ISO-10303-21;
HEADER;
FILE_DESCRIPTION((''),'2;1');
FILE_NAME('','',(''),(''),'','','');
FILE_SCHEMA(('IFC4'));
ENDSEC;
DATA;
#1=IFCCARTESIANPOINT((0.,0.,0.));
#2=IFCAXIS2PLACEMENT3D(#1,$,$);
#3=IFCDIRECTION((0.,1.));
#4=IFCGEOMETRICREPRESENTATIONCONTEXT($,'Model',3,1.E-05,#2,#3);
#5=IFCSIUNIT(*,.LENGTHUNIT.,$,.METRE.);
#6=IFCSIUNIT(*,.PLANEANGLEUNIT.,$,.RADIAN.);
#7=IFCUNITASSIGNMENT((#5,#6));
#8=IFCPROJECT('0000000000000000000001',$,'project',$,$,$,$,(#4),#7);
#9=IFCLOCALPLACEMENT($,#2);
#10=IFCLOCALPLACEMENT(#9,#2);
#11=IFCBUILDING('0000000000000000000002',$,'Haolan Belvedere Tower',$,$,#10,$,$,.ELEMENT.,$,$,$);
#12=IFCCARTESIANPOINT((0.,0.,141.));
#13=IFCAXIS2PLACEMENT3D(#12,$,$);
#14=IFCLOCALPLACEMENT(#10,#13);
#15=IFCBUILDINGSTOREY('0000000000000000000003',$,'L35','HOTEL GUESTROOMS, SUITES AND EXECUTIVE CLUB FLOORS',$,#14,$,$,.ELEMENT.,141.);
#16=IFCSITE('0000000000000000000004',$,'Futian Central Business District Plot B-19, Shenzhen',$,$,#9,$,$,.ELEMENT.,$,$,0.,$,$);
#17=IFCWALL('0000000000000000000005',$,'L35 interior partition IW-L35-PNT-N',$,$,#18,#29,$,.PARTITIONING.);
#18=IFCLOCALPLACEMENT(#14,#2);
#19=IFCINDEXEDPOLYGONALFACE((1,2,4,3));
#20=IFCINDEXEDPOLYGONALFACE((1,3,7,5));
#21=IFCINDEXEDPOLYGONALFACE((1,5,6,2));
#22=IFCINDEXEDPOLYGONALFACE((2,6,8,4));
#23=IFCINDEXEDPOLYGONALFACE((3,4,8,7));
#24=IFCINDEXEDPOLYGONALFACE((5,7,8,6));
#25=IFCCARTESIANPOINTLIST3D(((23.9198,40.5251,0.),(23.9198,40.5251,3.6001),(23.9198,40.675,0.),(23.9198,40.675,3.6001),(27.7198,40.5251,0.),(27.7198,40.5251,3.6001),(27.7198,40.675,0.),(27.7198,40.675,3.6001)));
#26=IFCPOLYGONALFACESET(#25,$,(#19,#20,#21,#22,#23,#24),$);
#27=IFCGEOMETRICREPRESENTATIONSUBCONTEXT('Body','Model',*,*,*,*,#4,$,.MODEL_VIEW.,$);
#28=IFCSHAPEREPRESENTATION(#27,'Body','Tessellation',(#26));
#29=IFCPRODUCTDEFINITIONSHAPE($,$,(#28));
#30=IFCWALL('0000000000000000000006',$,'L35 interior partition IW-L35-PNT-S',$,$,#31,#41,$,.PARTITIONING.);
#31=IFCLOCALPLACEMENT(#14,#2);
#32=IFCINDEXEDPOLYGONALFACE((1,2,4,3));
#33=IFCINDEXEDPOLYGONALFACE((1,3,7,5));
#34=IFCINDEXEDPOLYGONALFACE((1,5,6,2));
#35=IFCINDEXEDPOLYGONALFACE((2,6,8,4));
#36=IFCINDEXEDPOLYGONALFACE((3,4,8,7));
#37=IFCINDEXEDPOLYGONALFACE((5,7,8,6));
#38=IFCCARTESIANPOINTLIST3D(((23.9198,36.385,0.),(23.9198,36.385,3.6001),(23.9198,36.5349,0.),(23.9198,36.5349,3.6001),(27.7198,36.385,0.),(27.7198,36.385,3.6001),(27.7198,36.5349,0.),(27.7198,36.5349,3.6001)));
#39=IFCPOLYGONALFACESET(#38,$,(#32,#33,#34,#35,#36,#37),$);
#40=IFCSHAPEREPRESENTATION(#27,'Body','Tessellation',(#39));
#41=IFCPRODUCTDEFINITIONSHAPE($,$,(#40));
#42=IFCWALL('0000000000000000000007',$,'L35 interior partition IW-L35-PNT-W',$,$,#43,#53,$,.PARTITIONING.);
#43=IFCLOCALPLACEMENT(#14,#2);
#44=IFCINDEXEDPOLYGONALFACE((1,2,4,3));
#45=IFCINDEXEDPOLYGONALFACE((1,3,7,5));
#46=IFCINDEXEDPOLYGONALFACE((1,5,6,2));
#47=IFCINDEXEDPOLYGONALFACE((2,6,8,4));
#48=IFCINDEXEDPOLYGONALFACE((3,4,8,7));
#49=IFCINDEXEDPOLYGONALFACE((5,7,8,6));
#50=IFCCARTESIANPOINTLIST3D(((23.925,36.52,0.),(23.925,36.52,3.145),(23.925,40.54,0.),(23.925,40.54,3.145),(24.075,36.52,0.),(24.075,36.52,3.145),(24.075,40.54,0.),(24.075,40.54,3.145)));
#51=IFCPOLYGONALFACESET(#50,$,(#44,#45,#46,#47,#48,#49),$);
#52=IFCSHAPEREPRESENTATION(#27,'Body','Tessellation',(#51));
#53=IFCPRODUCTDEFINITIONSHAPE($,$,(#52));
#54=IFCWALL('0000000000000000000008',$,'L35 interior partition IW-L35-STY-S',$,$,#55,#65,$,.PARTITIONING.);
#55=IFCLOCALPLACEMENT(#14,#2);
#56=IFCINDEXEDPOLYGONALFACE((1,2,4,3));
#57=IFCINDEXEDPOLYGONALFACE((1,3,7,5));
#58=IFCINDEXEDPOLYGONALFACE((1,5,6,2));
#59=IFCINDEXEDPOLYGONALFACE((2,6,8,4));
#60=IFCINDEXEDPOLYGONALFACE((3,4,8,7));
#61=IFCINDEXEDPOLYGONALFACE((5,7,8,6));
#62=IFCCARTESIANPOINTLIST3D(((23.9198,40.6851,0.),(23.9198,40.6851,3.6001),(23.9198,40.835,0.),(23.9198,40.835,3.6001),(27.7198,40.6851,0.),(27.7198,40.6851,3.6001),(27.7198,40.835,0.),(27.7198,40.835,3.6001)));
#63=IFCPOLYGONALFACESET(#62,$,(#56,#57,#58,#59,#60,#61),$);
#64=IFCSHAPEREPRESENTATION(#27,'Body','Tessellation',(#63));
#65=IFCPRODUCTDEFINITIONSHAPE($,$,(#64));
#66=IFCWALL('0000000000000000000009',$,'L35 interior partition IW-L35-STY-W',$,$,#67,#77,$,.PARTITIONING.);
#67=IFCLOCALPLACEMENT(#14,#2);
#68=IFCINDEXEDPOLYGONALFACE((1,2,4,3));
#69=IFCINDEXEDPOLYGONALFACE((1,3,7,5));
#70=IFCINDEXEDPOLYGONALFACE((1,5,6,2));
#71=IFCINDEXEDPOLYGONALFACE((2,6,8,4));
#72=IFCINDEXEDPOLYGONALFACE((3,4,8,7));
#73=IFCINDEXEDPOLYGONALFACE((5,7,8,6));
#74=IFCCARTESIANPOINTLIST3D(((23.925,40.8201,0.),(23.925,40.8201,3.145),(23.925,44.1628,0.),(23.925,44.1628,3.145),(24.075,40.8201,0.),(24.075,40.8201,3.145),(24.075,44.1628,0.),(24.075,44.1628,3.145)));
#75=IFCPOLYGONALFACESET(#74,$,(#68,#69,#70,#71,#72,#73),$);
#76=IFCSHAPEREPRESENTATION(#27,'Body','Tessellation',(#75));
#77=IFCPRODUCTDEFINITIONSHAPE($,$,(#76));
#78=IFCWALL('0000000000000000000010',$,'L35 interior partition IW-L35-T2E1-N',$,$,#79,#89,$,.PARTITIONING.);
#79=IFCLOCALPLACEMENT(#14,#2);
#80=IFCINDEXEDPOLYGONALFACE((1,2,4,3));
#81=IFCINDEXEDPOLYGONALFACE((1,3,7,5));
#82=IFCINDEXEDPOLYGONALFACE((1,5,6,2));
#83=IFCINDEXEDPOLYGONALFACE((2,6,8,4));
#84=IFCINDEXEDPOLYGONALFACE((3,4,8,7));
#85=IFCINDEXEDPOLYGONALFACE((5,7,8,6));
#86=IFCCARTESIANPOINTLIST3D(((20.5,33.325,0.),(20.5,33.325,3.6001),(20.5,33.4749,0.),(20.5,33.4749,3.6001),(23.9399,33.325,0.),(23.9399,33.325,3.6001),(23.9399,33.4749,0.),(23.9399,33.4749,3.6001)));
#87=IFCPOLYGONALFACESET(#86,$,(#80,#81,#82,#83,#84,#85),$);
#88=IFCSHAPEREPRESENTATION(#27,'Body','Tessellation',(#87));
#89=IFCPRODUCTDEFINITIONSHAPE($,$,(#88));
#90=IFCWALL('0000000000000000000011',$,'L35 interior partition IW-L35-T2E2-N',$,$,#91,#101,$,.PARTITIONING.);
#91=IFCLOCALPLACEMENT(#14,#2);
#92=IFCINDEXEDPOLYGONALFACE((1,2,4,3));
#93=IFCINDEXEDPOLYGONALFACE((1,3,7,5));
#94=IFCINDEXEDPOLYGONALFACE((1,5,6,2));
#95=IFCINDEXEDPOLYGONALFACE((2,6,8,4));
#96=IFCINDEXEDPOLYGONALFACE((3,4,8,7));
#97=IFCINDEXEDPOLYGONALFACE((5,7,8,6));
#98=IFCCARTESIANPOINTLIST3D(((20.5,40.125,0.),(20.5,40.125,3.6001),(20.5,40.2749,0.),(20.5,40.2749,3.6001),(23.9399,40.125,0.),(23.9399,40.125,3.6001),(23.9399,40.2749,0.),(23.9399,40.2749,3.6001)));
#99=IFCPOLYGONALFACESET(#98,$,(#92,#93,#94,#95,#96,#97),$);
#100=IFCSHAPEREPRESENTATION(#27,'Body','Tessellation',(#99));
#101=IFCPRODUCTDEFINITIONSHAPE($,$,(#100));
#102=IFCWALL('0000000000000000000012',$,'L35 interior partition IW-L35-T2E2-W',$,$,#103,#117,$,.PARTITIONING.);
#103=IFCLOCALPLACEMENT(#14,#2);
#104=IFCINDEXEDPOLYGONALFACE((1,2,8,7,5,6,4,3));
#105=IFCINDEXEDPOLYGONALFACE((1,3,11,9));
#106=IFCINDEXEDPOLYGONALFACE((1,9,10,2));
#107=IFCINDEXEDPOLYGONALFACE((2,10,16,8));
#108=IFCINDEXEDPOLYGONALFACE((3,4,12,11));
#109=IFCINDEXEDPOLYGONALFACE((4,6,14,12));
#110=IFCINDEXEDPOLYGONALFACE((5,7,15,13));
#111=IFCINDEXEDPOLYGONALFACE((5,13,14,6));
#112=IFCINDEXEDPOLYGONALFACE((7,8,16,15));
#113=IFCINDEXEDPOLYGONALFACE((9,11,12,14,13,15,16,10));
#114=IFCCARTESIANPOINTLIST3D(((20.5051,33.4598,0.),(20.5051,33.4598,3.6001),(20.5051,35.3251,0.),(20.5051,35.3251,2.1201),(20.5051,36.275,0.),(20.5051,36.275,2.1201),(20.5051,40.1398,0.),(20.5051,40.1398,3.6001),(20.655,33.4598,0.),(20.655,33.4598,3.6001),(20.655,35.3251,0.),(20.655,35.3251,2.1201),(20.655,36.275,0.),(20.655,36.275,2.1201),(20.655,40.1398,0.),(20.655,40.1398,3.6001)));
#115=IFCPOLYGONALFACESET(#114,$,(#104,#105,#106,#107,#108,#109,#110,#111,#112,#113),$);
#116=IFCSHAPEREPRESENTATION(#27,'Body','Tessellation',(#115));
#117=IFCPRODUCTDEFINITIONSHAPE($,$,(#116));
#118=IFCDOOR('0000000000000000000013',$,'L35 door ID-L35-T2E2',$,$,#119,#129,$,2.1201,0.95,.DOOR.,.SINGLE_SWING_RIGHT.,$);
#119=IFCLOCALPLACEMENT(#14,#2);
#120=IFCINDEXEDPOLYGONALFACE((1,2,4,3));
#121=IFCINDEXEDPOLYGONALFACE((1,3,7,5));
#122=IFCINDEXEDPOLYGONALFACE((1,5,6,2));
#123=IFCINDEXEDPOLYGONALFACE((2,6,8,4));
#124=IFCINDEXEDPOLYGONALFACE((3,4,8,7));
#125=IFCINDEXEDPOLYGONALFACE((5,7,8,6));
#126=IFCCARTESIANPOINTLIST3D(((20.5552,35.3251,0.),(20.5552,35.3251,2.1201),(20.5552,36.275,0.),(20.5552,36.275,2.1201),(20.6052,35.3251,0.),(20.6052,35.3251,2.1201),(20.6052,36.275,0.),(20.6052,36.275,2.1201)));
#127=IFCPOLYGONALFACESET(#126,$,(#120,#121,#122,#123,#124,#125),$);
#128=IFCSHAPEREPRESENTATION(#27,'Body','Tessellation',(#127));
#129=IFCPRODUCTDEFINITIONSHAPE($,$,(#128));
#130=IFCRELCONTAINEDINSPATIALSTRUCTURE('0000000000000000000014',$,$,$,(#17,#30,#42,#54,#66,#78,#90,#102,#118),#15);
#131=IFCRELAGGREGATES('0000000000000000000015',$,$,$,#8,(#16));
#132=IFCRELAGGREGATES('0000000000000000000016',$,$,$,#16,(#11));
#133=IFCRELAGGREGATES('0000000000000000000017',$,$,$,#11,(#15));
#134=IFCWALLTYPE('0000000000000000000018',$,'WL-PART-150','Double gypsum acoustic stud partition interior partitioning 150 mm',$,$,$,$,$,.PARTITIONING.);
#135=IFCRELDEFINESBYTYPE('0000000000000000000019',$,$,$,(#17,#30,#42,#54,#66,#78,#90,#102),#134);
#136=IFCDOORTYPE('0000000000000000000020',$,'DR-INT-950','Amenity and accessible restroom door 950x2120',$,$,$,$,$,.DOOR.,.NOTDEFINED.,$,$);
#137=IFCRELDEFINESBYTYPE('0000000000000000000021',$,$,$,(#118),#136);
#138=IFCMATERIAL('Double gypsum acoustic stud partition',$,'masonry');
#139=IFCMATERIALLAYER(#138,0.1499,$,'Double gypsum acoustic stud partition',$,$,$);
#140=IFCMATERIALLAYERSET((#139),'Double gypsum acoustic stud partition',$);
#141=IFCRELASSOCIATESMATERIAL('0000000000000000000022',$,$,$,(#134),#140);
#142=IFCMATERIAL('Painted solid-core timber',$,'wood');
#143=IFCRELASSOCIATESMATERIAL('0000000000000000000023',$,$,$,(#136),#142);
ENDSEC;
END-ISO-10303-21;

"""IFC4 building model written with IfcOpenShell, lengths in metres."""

from ifc_helpers import new_model, si_unit, direction, frame, frame_2d, origin, place, context, subcontext, project, spatial, rectangle, extrude, material, layer, layer_set, type_object, element, fill, save


model = new_model("IFC4")

# Units and contexts
model_context = context("Model", 3, precision=1e-05, world=origin(), true_north=direction((0.0, 1.0)))
body_context = subcontext(model_context, "Body", "Model", "MODEL_VIEW")
ifc_project = project(units=[si_unit("LENGTHUNIT", "METRE"), si_unit("PLANEANGLEUNIT", "RADIAN")], contexts=[model_context])

# Site, building, storey
site_placement = place(None, origin())
site = spatial("IfcSite", under=ifc_project, at=site_placement, Name="Futian Central Business District Plot B-19, Shenzhen", CompositionType="ELEMENT", RefElevation=0.0)
building_placement = place(site_placement, origin())
building = spatial("IfcBuilding", under=site, at=building_placement, Name="Haolan Belvedere Tower", CompositionType="ELEMENT")
storey_placement = place(building_placement, frame((0.0, 0.0, 141.0)))
storey = spatial("IfcBuildingStorey", under=building, at=storey_placement, Name="L35", Description="HOTEL GUESTROOMS, SUITES AND EXECUTIVE CLUB FLOORS", CompositionType="ELEMENT", Elevation=141.0)

# Walls
ifc_material_1 = material(Name="Double gypsum acoustic stud partition", Category="masonry")
ifc_layer_1 = layer(ifc_material_1, 0.1499, Name="Double gypsum acoustic stud partition")
ifc_layer_set_1 = layer_set([ifc_layer_1], Name="Double gypsum acoustic stud partition")
wall_type_1 = type_object("IfcWallType", Name="WL-PART-150", Description="Double gypsum acoustic stud partition interior partitioning 150 mm", PredefinedType="PARTITIONING", material=ifc_layer_set_1)
for number, where, z_axis, x_axis, name in (
    (1, (23.9199, 40.6001, 0.0), (0.0, 0.0, 1.0), (1.0, 0.0, 0.0), "L35 interior partition IW-L35-PNT-N"),
    (2, (23.9199, 36.46, 0.0), (0.0, 0.0, 1.0), (1.0, 0.0, 0.0), "L35 interior partition IW-L35-PNT-S"),
):
    element("IfcWall", number, at=place(storey_placement, frame(where, z_axis=z_axis, x_axis=x_axis)), inside=storey, type_object=wall_type_1, Name=name, PredefinedType="PARTITIONING", context=body_context, shape_type="SweptSolid", body=[
        extrude(rectangle(XDim=3.8, YDim=0.1499, at=frame_2d((1.8999, 0.0))), origin(), (0.0, 0.0, 1.0), 3.6001),
    ])
wall_1_placement = place(storey_placement, frame((24.0, 36.52, 0.0), z_axis=(0.0, 0.0, 1.0), x_axis=(0.0, 1.0, 0.0)))
element("IfcWall", 3, at=wall_1_placement, inside=storey, type_object=wall_type_1, Name="L35 interior partition IW-L35-PNT-W", PredefinedType="PARTITIONING", context=body_context, shape_type="SweptSolid", body=[
    extrude(rectangle(XDim=4.02, YDim=0.1499, at=frame_2d((2.01, 0.0))), origin(), (0.0, 0.0, 1.0), 3.145),
])
wall_2_placement = place(storey_placement, frame((23.9199, 40.76, 0.0), z_axis=(0.0, 0.0, 1.0), x_axis=(1.0, 0.0, 0.0)))
element("IfcWall", 4, at=wall_2_placement, inside=storey, type_object=wall_type_1, Name="L35 interior partition IW-L35-STY-S", PredefinedType="PARTITIONING", context=body_context, shape_type="SweptSolid", body=[
    extrude(rectangle(XDim=3.8, YDim=0.1499, at=frame_2d((1.8999, 0.0))), origin(), (0.0, 0.0, 1.0), 3.6001),
])
wall_3_placement = place(storey_placement, frame((24.0, 40.8201, 0.0), z_axis=(0.0, 0.0, 1.0), x_axis=(0.0, 1.0, 0.0)))
element("IfcWall", 5, at=wall_3_placement, inside=storey, type_object=wall_type_1, Name="L35 interior partition IW-L35-STY-W", PredefinedType="PARTITIONING", context=body_context, shape_type="SweptSolid", body=[
    extrude(rectangle(XDim=3.3428, YDim=0.1499, at=frame_2d((1.6714, 0.0))), origin(), (0.0, 0.0, 1.0), 3.145),
])
for number, where, z_axis, x_axis, name in (
    (6, (20.5, 33.3999, 0.0), (0.0, 0.0, 1.0), (1.0, 0.0, 0.0), "L35 interior partition IW-L35-T2E1-N"),
    (7, (20.5, 40.2, 0.0), (0.0, 0.0, 1.0), (1.0, 0.0, 0.0), "L35 interior partition IW-L35-T2E2-N"),
):
    element("IfcWall", number, at=place(storey_placement, frame(where, z_axis=z_axis, x_axis=x_axis)), inside=storey, type_object=wall_type_1, Name=name, PredefinedType="PARTITIONING", context=body_context, shape_type="SweptSolid", body=[
        extrude(rectangle(XDim=3.4399, YDim=0.1499, at=frame_2d((1.72, 0.0))), origin(), (0.0, 0.0, 1.0), 3.6001),
    ])

# Wall, opening, door
wall_4_placement = place(storey_placement, frame((20.5801, 33.46, 0.0), z_axis=(0.0, 0.0, 1.0), x_axis=(0.0, 1.0, 0.0)))
wall_4 = element("IfcWall", 8, at=wall_4_placement, inside=storey, type_object=wall_type_1, Name="L35 interior partition IW-L35-T2E2-W", PredefinedType="PARTITIONING", context=body_context, shape_type="SweptSolid", body=[
    extrude(rectangle(XDim=6.6799, YDim=0.1499, at=frame_2d((3.3398, 0.0))), origin(), (0.0, 0.0, 1.0), 3.6001),
])
opening_1_placement = place(wall_4_placement, frame((1.865, 0.0, 0.0)))
opening_1 = element("IfcOpeningElement", 9, at=opening_1_placement, cuts=wall_4, PredefinedType="OPENING", context=body_context, shape_type="SweptSolid", body=[
    extrude(rectangle(XDim=0.95, YDim=2.1201, at=frame_2d((0.4751, 1.0601))), frame((0.0, 0.085, 0.0), z_axis=(0.0, -1.0, 0.0), x_axis=(1.0, 0.0, 0.0)), (0.0, 0.0, 1.0), 0.1699),
])
ifc_material_2 = material(Name="Painted solid-core timber", Category="wood")
door_type = type_object("IfcDoorType", Name="DR-INT-950", Description="Amenity and accessible restroom door 950x2120", OperationType="NOTDEFINED", PredefinedType="DOOR", material=ifc_material_2)
door_placement = place(opening_1_placement, origin())
door = element("IfcDoor", 10, at=door_placement, inside=storey, type_object=door_type, Name="L35 door ID-L35-T2E2", OperationType="SINGLE_SWING_RIGHT", OverallHeight=2.1201, OverallWidth=0.95, PredefinedType="DOOR", context=body_context, shape_type="SweptSolid", body=[
    extrude(rectangle(XDim=0.95, YDim=2.1201, at=frame_2d((0.4751, 1.0601))), frame((0.0, 0.0249, 0.0), z_axis=(0.0, -1.0, 0.0), x_axis=(1.0, 0.0, 0.0)), (0.0, 0.0, 1.0), 0.05),
])
fill(opening_1, door)

save(model, "model.ifc")
